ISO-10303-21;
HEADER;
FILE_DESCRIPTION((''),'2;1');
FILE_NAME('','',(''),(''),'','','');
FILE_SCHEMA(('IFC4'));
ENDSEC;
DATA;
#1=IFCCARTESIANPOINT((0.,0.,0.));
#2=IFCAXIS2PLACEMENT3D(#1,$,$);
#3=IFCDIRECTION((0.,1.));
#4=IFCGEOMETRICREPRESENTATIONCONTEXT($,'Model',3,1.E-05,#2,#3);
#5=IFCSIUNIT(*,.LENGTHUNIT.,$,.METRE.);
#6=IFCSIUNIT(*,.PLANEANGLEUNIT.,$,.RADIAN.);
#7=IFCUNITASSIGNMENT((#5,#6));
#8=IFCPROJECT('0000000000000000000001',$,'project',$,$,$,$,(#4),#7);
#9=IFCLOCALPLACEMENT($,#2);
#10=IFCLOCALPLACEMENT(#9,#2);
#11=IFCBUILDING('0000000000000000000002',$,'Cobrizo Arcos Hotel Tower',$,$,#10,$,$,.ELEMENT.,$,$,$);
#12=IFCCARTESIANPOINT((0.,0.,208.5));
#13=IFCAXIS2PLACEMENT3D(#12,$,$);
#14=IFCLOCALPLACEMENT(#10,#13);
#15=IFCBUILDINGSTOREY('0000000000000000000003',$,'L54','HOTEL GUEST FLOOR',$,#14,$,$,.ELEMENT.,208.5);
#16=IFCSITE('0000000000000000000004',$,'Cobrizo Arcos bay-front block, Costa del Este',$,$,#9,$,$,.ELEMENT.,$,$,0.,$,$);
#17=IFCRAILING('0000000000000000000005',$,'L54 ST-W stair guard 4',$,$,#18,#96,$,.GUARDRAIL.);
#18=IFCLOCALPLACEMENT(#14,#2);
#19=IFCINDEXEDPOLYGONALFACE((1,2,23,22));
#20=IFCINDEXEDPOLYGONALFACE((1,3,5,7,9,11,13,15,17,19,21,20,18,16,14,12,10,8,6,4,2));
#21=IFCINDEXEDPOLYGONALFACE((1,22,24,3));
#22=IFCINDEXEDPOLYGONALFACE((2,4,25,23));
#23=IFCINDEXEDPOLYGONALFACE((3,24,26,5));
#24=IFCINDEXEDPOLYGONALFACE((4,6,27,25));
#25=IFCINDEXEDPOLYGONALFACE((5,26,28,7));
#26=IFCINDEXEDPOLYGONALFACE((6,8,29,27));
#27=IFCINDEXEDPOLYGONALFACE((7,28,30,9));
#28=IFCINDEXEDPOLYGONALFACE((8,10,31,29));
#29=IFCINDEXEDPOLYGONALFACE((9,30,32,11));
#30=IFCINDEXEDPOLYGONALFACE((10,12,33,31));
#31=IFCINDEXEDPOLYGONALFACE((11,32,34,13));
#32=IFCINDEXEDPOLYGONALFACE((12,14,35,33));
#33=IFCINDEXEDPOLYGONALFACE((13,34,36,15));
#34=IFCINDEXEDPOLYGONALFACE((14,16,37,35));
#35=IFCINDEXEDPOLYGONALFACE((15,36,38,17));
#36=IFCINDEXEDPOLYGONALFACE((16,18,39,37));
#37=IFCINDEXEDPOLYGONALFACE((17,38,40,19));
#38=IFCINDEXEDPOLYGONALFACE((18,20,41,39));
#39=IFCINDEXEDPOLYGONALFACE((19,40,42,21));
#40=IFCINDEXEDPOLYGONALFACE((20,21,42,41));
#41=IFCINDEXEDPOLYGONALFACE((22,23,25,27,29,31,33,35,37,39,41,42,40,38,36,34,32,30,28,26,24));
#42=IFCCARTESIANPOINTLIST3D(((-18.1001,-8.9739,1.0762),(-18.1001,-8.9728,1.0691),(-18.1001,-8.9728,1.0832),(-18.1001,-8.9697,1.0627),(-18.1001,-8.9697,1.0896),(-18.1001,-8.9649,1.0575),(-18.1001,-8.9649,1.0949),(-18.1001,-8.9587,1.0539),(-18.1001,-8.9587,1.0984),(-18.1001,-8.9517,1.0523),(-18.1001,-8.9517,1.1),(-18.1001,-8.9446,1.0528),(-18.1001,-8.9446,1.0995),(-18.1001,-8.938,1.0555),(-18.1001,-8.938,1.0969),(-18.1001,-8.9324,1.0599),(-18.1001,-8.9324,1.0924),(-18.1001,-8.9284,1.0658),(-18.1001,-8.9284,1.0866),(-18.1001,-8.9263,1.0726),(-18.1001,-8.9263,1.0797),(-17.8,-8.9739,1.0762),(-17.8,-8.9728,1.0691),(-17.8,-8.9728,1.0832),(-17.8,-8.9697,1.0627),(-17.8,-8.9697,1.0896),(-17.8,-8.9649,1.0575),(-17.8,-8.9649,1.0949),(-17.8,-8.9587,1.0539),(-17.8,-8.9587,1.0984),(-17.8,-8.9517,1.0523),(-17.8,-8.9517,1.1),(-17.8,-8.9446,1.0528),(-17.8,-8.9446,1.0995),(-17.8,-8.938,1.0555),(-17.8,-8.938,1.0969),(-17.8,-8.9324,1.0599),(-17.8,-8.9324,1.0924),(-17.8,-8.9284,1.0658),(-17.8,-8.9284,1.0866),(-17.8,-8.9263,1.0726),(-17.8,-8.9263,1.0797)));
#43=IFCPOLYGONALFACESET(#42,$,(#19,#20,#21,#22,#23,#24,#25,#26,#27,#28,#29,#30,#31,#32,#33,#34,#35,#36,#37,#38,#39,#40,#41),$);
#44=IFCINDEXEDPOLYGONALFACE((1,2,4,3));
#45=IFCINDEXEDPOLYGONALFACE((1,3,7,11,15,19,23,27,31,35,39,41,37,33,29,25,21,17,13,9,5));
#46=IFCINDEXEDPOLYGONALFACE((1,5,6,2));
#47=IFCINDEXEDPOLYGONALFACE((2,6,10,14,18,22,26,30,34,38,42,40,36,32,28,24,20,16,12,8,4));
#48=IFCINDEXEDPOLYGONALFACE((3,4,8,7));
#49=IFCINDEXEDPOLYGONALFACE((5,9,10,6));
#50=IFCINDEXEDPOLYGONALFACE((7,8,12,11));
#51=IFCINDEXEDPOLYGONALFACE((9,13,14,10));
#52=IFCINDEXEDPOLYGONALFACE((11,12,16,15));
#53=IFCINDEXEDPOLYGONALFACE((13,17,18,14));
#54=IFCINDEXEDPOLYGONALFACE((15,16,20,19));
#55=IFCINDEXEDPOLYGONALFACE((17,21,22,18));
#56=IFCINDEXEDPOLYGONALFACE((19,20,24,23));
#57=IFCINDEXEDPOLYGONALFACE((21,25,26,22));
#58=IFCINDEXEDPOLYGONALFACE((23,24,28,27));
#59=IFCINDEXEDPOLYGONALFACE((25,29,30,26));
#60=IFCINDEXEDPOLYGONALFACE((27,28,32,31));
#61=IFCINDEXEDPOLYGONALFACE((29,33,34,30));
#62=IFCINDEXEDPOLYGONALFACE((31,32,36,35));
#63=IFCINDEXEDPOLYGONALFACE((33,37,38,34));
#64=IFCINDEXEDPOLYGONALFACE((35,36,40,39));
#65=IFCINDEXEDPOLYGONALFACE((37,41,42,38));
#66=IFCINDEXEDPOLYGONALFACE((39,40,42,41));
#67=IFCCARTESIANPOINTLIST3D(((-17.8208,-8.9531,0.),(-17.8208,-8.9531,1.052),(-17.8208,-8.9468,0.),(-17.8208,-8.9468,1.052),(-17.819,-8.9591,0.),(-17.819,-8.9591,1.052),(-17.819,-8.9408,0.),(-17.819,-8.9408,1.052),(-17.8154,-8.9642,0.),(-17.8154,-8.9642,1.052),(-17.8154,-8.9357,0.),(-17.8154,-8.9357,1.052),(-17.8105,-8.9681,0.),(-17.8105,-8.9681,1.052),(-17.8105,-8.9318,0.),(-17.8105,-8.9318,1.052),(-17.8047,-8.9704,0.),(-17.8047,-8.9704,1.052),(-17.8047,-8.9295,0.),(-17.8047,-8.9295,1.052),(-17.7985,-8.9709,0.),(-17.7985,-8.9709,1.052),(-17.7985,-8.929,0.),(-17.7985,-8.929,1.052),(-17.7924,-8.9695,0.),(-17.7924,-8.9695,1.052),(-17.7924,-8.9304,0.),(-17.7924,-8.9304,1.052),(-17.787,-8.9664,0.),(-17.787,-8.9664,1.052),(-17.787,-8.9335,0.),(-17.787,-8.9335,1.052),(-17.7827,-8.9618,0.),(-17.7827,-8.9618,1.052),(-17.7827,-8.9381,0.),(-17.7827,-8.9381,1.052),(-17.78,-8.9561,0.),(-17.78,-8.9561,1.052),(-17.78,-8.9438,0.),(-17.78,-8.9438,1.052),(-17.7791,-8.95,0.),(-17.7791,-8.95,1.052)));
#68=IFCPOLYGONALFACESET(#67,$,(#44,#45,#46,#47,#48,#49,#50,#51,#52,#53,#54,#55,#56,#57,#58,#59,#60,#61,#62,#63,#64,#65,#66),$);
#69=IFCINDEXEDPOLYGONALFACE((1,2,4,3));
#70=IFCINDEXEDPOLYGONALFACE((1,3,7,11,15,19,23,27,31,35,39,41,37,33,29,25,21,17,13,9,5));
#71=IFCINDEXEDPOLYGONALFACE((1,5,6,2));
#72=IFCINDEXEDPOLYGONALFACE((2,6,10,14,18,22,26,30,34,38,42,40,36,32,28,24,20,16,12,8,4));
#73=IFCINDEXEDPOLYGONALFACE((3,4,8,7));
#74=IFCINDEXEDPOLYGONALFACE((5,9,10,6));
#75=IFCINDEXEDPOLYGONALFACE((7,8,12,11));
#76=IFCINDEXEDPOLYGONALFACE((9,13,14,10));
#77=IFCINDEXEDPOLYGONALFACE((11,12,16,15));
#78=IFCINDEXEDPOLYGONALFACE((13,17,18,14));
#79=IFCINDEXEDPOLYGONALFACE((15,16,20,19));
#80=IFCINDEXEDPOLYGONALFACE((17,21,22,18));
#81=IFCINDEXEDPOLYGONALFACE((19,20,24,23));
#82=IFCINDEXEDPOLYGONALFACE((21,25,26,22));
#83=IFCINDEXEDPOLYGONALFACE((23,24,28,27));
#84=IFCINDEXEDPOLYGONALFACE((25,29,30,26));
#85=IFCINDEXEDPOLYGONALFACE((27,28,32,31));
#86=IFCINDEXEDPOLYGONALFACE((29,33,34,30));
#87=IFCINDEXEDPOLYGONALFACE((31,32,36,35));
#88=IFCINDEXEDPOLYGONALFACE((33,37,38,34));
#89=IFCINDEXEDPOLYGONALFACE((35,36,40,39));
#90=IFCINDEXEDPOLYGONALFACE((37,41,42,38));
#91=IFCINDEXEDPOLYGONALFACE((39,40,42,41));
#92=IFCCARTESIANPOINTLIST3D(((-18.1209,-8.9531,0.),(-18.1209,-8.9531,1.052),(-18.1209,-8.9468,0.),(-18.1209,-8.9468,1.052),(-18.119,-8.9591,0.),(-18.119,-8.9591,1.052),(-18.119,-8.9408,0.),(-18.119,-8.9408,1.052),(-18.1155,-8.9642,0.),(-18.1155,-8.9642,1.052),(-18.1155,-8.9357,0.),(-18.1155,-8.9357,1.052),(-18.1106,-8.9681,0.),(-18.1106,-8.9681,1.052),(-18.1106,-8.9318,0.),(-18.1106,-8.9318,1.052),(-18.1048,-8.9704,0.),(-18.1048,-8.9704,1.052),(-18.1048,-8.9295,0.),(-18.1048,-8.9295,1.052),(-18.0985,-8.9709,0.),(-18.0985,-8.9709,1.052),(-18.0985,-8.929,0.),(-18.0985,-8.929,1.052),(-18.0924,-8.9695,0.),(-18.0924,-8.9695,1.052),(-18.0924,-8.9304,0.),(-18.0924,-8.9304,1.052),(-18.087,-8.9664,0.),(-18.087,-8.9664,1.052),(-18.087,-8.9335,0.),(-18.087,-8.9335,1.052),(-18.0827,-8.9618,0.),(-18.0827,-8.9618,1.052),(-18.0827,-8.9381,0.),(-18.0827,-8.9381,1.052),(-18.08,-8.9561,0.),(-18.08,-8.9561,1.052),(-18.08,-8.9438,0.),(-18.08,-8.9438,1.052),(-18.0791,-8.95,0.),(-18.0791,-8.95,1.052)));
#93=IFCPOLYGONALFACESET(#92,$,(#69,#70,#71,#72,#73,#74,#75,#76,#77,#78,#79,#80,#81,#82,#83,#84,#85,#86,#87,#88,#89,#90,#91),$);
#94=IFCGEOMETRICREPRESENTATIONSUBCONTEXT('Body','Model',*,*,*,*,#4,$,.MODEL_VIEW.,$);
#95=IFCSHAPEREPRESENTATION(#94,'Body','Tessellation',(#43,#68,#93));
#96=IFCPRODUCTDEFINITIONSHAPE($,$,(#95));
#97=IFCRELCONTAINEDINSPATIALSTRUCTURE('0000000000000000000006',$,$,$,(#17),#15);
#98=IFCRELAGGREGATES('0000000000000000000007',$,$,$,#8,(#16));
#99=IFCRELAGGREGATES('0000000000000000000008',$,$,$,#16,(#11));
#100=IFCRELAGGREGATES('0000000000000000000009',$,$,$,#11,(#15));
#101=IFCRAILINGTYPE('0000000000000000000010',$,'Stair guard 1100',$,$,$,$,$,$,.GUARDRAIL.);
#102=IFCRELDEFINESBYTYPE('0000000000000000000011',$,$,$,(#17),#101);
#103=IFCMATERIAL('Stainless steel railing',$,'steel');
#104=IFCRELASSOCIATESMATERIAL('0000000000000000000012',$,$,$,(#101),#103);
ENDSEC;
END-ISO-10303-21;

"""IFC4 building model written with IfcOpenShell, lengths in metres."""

from ifc_helpers import new_model, si_unit, direction, frame, origin, origin_2d, place, context, subcontext, project, spatial, circle, extrude, material, type_object, element, save


model = new_model("IFC4")

# Units and contexts
model_context = context("Model", 3, precision=1e-05, world=origin(), true_north=direction((0.0, 1.0)))
body_context = subcontext(model_context, "Body", "Model", "MODEL_VIEW")
ifc_project = project(units=[si_unit("LENGTHUNIT", "METRE"), si_unit("PLANEANGLEUNIT", "RADIAN")], contexts=[model_context])

# Site, building, storey
site_placement = place(None, origin())
site = spatial("IfcSite", under=ifc_project, at=site_placement, Name="Cobrizo Arcos bay-front block, Costa del Este", CompositionType="ELEMENT", RefElevation=0.0)
building_placement = place(site_placement, origin())
building = spatial("IfcBuilding", under=site, at=building_placement, Name="Cobrizo Arcos Hotel Tower", CompositionType="ELEMENT")
storey_placement = place(building_placement, frame((0.0, 0.0, 208.5)))
storey = spatial("IfcBuildingStorey", under=building, at=storey_placement, Name="L54", Description="HOTEL GUEST FLOOR", CompositionType="ELEMENT", Elevation=208.5)

# Railing
ifc_material_1 = material(Name="Stainless steel railing", Category="steel")
railing_type_1 = type_object("IfcRailingType", Name="Stair guard 1100", PredefinedType="GUARDRAIL", material=ifc_material_1)
railing_1_placement = place(storey_placement, frame((-17.8, -8.95, 0.0)))
element("IfcRailing", 1, at=railing_1_placement, inside=storey, type_object=railing_type_1, Name="L54 ST-W stair guard 4", PredefinedType="GUARDRAIL", context=body_context, shape_type="SweptSolid", body=[
    extrude(circle(Radius=0.0239, at=origin_2d()), frame((0.0, 0.0, 1.0762), z_axis=(-1.0, 0.0, 0.0), x_axis=(0.0, -1.0, 0.0)), (0.0, 0.0, 1.0), 0.3),
    extrude(circle(Radius=0.021, at=origin_2d()), origin(), (0.0, 0.0, 1.0), 1.052),
    extrude(circle(Radius=0.021, at=origin_2d()), frame((-0.3, 0.0, 0.0)), (0.0, 0.0, 1.0), 1.052),
])

save(model, "model.ifc")
